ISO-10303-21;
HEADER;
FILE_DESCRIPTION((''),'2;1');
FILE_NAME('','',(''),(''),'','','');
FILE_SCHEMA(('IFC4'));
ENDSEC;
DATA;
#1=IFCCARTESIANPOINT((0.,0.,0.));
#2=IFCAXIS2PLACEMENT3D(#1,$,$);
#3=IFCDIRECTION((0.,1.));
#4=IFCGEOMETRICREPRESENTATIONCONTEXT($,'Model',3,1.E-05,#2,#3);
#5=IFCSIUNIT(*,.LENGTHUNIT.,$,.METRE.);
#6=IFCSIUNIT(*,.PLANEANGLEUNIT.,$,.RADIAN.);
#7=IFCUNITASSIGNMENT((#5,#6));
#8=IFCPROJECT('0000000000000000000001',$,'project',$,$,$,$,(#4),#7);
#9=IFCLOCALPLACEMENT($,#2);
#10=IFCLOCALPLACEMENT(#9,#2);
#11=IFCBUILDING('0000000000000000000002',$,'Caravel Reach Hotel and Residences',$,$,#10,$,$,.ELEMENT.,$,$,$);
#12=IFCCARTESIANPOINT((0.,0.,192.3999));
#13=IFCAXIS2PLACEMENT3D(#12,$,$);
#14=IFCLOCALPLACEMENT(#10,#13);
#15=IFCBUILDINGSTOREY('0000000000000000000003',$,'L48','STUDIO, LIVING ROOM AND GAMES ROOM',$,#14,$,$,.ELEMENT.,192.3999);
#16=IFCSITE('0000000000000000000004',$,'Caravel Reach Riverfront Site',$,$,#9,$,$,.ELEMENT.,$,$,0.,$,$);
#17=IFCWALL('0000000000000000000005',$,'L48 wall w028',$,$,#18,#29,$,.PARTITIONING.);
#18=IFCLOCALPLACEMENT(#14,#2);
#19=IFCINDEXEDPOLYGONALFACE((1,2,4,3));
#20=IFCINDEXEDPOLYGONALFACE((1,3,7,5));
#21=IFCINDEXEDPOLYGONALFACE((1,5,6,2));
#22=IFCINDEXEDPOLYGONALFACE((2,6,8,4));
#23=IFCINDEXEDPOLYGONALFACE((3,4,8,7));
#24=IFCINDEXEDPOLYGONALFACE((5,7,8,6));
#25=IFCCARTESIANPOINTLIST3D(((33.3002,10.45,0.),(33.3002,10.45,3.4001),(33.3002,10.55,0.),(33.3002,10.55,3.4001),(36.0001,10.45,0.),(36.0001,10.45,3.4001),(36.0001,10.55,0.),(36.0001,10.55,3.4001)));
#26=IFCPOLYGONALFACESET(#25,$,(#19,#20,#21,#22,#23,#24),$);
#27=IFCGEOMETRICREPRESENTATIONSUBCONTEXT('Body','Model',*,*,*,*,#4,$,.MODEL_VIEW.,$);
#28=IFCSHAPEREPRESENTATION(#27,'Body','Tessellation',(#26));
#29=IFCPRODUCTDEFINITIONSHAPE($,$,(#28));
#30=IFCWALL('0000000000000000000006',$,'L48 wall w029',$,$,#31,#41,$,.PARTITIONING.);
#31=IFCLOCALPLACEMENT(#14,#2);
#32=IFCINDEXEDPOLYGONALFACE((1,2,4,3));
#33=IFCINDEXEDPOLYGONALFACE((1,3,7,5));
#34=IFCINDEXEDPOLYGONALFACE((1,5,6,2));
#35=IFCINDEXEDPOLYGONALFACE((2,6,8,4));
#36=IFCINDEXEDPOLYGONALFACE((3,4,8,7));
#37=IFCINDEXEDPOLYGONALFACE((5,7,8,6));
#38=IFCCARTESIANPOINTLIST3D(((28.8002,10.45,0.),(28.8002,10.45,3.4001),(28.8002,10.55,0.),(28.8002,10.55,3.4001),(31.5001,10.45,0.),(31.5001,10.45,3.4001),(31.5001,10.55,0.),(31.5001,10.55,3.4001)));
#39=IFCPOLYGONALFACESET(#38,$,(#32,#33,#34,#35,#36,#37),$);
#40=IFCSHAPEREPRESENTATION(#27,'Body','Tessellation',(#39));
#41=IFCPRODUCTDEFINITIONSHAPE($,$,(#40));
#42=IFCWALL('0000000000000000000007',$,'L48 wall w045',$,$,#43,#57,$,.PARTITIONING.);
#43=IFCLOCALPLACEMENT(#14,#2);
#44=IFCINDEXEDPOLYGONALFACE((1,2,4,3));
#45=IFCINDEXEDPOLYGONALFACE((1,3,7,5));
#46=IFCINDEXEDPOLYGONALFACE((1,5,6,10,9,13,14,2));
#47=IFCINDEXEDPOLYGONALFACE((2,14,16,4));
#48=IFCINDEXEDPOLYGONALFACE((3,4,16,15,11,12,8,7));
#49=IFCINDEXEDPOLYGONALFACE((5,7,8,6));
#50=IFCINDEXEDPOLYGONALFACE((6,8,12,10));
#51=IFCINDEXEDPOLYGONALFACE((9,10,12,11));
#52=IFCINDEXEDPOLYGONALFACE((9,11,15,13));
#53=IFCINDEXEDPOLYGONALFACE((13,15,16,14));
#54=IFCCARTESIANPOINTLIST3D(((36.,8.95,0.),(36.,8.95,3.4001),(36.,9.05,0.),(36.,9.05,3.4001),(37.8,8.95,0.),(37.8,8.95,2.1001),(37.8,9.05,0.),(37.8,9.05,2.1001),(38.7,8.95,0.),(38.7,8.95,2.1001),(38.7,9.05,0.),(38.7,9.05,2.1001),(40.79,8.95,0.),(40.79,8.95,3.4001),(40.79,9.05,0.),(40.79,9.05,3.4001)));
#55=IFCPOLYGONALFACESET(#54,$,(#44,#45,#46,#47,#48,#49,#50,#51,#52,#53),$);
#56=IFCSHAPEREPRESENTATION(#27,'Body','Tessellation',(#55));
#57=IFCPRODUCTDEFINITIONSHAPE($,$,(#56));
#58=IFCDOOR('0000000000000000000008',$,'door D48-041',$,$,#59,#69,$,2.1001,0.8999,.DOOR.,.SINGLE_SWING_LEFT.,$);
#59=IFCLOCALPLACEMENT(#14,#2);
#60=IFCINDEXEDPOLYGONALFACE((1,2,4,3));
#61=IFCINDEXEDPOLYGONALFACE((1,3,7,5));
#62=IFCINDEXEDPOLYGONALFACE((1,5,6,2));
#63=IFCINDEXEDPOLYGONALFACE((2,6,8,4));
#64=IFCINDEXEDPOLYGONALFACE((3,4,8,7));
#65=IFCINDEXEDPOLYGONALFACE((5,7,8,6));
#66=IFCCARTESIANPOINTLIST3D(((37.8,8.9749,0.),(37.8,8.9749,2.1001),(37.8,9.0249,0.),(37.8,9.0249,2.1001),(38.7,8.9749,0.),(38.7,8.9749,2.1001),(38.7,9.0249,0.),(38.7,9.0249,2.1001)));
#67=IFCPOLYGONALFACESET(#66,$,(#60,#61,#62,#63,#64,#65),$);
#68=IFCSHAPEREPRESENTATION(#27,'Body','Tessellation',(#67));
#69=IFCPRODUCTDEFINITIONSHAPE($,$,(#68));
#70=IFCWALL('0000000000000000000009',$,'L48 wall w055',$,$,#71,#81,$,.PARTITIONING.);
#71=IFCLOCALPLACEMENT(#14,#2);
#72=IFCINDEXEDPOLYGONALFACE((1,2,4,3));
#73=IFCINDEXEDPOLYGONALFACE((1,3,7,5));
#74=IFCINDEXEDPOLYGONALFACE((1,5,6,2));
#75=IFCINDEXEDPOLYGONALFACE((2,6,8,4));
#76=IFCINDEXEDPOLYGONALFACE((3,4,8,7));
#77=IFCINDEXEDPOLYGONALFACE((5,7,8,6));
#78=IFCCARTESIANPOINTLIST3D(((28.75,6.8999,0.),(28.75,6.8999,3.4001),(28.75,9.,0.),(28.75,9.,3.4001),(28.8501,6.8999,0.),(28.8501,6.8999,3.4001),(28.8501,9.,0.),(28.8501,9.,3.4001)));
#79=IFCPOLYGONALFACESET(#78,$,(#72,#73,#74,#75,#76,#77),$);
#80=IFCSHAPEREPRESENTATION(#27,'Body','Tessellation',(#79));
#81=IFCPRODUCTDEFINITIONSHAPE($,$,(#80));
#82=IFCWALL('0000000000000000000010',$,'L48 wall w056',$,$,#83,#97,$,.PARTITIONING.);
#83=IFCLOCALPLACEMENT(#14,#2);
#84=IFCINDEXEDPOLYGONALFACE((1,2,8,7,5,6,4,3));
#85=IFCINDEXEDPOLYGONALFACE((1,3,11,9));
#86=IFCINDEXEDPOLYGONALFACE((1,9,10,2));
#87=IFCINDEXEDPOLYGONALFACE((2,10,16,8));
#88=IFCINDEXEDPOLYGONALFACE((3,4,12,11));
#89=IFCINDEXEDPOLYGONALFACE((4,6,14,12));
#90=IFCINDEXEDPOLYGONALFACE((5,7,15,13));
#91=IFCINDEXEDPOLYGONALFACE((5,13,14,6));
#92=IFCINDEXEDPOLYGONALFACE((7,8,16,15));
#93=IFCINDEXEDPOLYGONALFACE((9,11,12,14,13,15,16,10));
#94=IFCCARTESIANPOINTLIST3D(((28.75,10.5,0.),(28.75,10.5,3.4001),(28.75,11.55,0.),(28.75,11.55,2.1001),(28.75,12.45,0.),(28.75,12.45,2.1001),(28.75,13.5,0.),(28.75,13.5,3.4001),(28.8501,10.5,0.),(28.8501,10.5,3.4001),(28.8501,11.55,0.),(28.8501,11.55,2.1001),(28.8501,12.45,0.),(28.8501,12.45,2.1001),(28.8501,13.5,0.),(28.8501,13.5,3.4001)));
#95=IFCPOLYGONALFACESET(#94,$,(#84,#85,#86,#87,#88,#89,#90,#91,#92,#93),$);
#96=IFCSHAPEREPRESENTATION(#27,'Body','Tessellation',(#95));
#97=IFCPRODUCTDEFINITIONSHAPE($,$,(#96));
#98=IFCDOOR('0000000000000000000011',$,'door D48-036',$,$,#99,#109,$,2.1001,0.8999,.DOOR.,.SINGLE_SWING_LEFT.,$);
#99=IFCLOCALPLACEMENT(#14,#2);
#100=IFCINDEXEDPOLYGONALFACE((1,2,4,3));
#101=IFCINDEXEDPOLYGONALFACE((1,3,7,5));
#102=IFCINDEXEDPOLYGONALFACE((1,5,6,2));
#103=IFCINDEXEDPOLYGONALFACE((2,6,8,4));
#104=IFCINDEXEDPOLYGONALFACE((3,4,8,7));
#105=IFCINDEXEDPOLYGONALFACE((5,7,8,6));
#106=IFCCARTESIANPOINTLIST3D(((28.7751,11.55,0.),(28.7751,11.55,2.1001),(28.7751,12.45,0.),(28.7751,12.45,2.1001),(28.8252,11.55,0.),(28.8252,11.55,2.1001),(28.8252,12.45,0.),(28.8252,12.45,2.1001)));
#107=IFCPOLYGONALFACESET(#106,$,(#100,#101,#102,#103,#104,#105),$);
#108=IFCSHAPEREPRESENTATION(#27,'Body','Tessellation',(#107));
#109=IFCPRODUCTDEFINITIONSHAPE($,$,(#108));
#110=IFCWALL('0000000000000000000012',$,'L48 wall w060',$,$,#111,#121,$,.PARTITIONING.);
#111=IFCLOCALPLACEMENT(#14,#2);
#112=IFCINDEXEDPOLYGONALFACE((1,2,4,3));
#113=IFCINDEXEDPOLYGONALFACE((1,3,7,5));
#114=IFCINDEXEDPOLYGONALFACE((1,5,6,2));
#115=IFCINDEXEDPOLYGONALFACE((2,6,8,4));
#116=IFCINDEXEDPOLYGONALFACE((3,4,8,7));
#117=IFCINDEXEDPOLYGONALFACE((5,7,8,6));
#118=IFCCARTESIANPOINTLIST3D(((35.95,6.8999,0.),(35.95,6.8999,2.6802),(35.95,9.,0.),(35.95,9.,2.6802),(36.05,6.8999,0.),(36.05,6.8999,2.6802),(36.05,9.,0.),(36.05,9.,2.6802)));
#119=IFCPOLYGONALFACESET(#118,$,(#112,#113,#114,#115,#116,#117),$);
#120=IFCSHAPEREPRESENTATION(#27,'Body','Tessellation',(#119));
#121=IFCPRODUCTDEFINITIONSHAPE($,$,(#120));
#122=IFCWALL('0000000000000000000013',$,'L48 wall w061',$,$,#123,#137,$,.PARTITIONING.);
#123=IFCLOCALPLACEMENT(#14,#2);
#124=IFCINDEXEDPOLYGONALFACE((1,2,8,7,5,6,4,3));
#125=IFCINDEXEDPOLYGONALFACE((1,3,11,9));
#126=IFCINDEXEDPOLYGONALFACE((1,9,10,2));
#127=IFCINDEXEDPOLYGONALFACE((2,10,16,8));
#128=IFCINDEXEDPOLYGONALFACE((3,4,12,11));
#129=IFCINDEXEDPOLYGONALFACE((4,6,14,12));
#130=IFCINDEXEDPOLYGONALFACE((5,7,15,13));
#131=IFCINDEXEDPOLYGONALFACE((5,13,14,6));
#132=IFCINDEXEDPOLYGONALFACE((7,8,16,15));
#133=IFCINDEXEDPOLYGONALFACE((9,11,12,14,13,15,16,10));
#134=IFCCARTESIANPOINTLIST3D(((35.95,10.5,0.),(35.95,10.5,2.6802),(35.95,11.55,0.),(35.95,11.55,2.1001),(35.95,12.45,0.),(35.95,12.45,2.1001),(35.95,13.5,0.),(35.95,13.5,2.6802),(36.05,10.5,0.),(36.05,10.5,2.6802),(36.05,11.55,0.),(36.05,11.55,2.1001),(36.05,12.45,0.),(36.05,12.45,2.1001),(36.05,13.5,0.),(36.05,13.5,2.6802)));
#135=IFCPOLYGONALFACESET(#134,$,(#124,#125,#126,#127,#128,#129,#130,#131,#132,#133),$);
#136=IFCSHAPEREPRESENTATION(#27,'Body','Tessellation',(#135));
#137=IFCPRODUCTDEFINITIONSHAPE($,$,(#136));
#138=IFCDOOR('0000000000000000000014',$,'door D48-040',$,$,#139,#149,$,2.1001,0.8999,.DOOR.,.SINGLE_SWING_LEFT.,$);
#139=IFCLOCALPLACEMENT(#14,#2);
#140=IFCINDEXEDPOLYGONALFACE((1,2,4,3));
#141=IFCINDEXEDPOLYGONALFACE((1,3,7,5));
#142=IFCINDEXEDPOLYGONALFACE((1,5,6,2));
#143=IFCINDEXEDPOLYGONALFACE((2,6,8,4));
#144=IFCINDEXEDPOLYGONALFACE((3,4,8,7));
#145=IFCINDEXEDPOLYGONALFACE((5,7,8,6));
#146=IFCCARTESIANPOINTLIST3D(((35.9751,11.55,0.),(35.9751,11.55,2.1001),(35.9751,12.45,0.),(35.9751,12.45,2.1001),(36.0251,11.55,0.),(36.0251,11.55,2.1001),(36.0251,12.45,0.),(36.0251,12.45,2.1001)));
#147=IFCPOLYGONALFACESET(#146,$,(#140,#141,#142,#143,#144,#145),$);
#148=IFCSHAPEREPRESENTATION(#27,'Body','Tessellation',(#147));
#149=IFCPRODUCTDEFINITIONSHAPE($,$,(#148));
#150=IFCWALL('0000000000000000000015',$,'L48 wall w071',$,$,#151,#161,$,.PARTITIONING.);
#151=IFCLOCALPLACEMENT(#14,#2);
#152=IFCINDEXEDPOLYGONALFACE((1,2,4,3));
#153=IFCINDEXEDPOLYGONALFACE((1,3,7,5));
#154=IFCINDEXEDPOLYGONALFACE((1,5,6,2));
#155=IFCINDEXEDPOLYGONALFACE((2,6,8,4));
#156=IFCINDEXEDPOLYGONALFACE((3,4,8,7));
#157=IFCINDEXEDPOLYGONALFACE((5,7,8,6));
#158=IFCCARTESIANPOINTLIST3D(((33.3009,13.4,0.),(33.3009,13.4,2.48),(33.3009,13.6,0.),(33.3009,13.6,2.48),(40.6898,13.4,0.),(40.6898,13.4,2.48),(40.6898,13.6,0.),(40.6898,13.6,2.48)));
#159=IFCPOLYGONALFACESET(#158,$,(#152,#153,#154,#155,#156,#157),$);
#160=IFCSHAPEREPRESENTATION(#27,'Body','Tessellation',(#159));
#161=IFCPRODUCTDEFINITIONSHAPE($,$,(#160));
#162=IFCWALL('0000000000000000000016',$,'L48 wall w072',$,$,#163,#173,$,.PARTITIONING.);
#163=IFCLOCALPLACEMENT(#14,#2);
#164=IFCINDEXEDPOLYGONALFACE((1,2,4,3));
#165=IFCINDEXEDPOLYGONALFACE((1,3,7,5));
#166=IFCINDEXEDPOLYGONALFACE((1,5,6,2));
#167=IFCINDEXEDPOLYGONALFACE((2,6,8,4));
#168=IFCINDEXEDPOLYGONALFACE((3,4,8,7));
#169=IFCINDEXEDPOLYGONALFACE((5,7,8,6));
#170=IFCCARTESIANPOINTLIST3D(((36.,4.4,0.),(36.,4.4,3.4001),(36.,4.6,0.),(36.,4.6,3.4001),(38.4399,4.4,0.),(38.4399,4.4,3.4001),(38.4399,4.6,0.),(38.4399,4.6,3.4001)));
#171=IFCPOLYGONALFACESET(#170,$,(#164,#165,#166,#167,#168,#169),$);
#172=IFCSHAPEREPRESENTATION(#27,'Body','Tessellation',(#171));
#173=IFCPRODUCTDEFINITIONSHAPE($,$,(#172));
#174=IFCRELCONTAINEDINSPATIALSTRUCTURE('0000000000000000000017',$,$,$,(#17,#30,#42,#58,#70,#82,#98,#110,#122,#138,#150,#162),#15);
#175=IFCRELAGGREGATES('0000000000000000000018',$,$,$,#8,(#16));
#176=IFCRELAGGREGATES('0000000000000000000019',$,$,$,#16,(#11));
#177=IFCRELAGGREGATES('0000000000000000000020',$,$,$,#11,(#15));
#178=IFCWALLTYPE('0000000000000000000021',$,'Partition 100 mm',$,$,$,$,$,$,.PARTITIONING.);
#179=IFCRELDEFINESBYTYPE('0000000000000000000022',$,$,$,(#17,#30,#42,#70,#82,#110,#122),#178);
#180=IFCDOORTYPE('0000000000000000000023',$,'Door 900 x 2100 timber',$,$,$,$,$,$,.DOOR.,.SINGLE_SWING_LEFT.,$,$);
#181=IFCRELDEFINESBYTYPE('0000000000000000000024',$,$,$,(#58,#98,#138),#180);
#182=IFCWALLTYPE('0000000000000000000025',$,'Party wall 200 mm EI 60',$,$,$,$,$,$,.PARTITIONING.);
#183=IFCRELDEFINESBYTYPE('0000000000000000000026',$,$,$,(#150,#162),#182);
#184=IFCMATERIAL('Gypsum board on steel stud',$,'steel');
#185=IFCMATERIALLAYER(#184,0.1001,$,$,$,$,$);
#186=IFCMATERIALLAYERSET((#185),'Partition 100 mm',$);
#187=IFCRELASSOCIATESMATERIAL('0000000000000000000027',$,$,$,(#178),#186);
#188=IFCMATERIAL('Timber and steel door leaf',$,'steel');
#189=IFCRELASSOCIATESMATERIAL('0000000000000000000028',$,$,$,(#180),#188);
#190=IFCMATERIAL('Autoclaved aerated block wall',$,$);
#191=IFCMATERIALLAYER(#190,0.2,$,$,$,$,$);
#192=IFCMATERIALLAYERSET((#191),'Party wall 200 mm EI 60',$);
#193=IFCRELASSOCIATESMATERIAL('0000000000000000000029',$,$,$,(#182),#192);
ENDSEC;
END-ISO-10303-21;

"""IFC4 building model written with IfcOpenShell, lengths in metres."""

from ifc_helpers import new_model, si_unit, direction, frame, frame_2d, origin, place, context, subcontext, project, spatial, rectangle, extrude, material, layer, layer_set, type_object, element, fill, save


model = new_model("IFC4")

# Units and contexts
model_context = context("Model", 3, precision=1e-05, world=origin(), true_north=direction((0.0, 1.0)))
body_context = subcontext(model_context, "Body", "Model", "MODEL_VIEW")
ifc_project = project(units=[si_unit("LENGTHUNIT", "METRE"), si_unit("PLANEANGLEUNIT", "RADIAN")], contexts=[model_context])

# Site, building, storey
site_placement = place(None, origin())
site = spatial("IfcSite", under=ifc_project, at=site_placement, Name="Caravel Reach Riverfront Site", CompositionType="ELEMENT", RefElevation=0.0)
building_placement = place(site_placement, origin())
building = spatial("IfcBuilding", under=site, at=building_placement, Name="Caravel Reach Hotel and Residences", CompositionType="ELEMENT")
storey_placement = place(building_placement, frame((0.0, 0.0, 192.3999)))
storey = spatial("IfcBuildingStorey", under=building, at=storey_placement, Name="L48", Description="STUDIO, LIVING ROOM AND GAMES ROOM", CompositionType="ELEMENT", Elevation=192.3999)

# Walls
ifc_material_1 = material(Name="Gypsum board on steel stud", Category="steel")
ifc_layer_1 = layer(ifc_material_1, 0.1001)
ifc_layer_set_1 = layer_set([ifc_layer_1], Name="Partition 100 mm")
wall_type_1 = type_object("IfcWallType", Name="Partition 100 mm", PredefinedType="PARTITIONING", material=ifc_layer_set_1)
for number, where, z_axis, x_axis, name in (
    (1, (33.3, 10.5, 0.0), (0.0, 0.0, 1.0), (1.0, 0.0, 0.0), "L48 wall w028"),
    (2, (28.8, 10.5, 0.0), (0.0, 0.0, 1.0), (1.0, 0.0, 0.0), "L48 wall w029"),
):
    element("IfcWall", number, at=place(storey_placement, frame(where, z_axis=z_axis, x_axis=x_axis)), inside=storey, type_object=wall_type_1, Name=name, PredefinedType="PARTITIONING", context=body_context, shape_type="SweptSolid", body=[
        extrude(rectangle(XDim=2.7, YDim=0.1001, at=frame_2d((1.3501, 0.0))), origin(), (0.0, 0.0, 1.0), 3.4001),
    ])

# Wall, opening, door
wall_1_placement = place(storey_placement, frame((36.0, 9.0, 0.0), z_axis=(0.0, 0.0, 1.0), x_axis=(1.0, 0.0, 0.0)))
wall_1 = element("IfcWall", 3, at=wall_1_placement, inside=storey, type_object=wall_type_1, Name="L48 wall w045", PredefinedType="PARTITIONING", context=body_context, shape_type="SweptSolid", body=[
    extrude(rectangle(XDim=4.79, YDim=0.1001, at=frame_2d((2.395, 0.0))), origin(), (0.0, 0.0, 1.0), 3.4001),
])
opening_1_placement = place(wall_1_placement, frame((1.8, 0.0, 0.0)))
opening_1 = element("IfcOpeningElement", 4, at=opening_1_placement, cuts=wall_1, PredefinedType="OPENING", context=body_context, shape_type="SweptSolid", body=[
    extrude(rectangle(XDim=0.8999, YDim=2.1001, at=frame_2d((0.45, 1.05))), frame((0.0, 0.0601, 0.0), z_axis=(0.0, -1.0, 0.0), x_axis=(1.0, 0.0, 0.0)), (0.0, 0.0, 1.0), 0.1201),
])
ifc_material_2 = material(Name="Timber and steel door leaf", Category="steel")
door_type_1 = type_object("IfcDoorType", Name="Door 900 x 2100 timber", OperationType="SINGLE_SWING_LEFT", PredefinedType="DOOR", material=ifc_material_2)
door_1_placement = place(opening_1_placement, origin())
door_1 = element("IfcDoor", 5, at=door_1_placement, inside=storey, type_object=door_type_1, Name="door D48-041", OperationType="SINGLE_SWING_LEFT", OverallHeight=2.1001, OverallWidth=0.8999, PredefinedType="DOOR", context=body_context, shape_type="SweptSolid", body=[
    extrude(rectangle(XDim=0.8999, YDim=2.1001, at=frame_2d((0.45, 1.05))), frame((0.0, 0.0249, 0.0), z_axis=(0.0, -1.0, 0.0), x_axis=(1.0, 0.0, 0.0)), (0.0, 0.0, 1.0), 0.05),
])
fill(opening_1, door_1)

# Wall
wall_2_placement = place(storey_placement, frame((28.8, 6.8999, 0.0), z_axis=(0.0, 0.0, 1.0), x_axis=(0.0, 1.0, 0.0)))
element("IfcWall", 6, at=wall_2_placement, inside=storey, type_object=wall_type_1, Name="L48 wall w055", PredefinedType="PARTITIONING", context=body_context, shape_type="SweptSolid", body=[
    extrude(rectangle(XDim=2.1001, YDim=0.1001, at=frame_2d((1.05, 0.0))), origin(), (0.0, 0.0, 1.0), 3.4001),
])

# Wall, opening, door
wall_3_placement = place(storey_placement, frame((28.8, 10.5, 0.0), z_axis=(0.0, 0.0, 1.0), x_axis=(0.0, 1.0, 0.0)))
wall_3 = element("IfcWall", 7, at=wall_3_placement, inside=storey, type_object=wall_type_1, Name="L48 wall w056", PredefinedType="PARTITIONING", context=body_context, shape_type="SweptSolid", body=[
    extrude(rectangle(XDim=3.0, YDim=0.1001, at=frame_2d((1.5, 0.0))), origin(), (0.0, 0.0, 1.0), 3.4001),
])
opening_2_placement = place(wall_3_placement, frame((1.05, 0.0, 0.0)))
opening_2 = element("IfcOpeningElement", 8, at=opening_2_placement, cuts=wall_3, PredefinedType="OPENING", context=body_context, shape_type="SweptSolid", body=[
    extrude(rectangle(XDim=0.8999, YDim=2.1001, at=frame_2d((0.45, 1.05))), frame((0.0, 0.0601, 0.0), z_axis=(0.0, -1.0, 0.0), x_axis=(1.0, 0.0, 0.0)), (0.0, 0.0, 1.0), 0.1201),
])
door_2_placement = place(opening_2_placement, origin())
door_2 = element("IfcDoor", 9, at=door_2_placement, inside=storey, type_object=door_type_1, Name="door D48-036", OperationType="SINGLE_SWING_LEFT", OverallHeight=2.1001, OverallWidth=0.8999, PredefinedType="DOOR", context=body_context, shape_type="SweptSolid", body=[
    extrude(rectangle(XDim=0.8999, YDim=2.1001, at=frame_2d((0.45, 1.05))), frame((0.0, 0.0249, 0.0), z_axis=(0.0, -1.0, 0.0), x_axis=(1.0, 0.0, 0.0)), (0.0, 0.0, 1.0), 0.05),
])
fill(opening_2, door_2)

# Wall
wall_4_placement = place(storey_placement, frame((36.0, 6.8999, 0.0), z_axis=(0.0, 0.0, 1.0), x_axis=(0.0, 1.0, 0.0)))
element("IfcWall", 10, at=wall_4_placement, inside=storey, type_object=wall_type_1, Name="L48 wall w060", PredefinedType="PARTITIONING", context=body_context, shape_type="SweptSolid", body=[
    extrude(rectangle(XDim=2.1001, YDim=0.1001, at=frame_2d((1.05, 0.0))), origin(), (0.0, 0.0, 1.0), 2.6802),
])

# Wall, opening, door
wall_5_placement = place(storey_placement, frame((36.0, 10.5, 0.0), z_axis=(0.0, 0.0, 1.0), x_axis=(0.0, 1.0, 0.0)))
wall_5 = element("IfcWall", 11, at=wall_5_placement, inside=storey, type_object=wall_type_1, Name="L48 wall w061", PredefinedType="PARTITIONING", context=body_context, shape_type="SweptSolid", body=[
    extrude(rectangle(XDim=3.0, YDim=0.1001, at=frame_2d((1.5, 0.0))), origin(), (0.0, 0.0, 1.0), 2.6802),
])
opening_3_placement = place(wall_5_placement, frame((1.05, 0.0, 0.0)))
opening_3 = element("IfcOpeningElement", 12, at=opening_3_placement, cuts=wall_5, PredefinedType="OPENING", context=body_context, shape_type="SweptSolid", body=[
    extrude(rectangle(XDim=0.8999, YDim=2.1001, at=frame_2d((0.45, 1.05))), frame((0.0, 0.0601, 0.0), z_axis=(0.0, -1.0, 0.0), x_axis=(1.0, 0.0, 0.0)), (0.0, 0.0, 1.0), 0.1201),
])
door_3_placement = place(opening_3_placement, origin())
door_3 = element("IfcDoor", 13, at=door_3_placement, inside=storey, type_object=door_type_1, Name="door D48-040", OperationType="SINGLE_SWING_LEFT", OverallHeight=2.1001, OverallWidth=0.8999, PredefinedType="DOOR", context=body_context, shape_type="SweptSolid", body=[
    extrude(rectangle(XDim=0.8999, YDim=2.1001, at=frame_2d((0.45, 1.05))), frame((0.0, 0.0249, 0.0), z_axis=(0.0, -1.0, 0.0), x_axis=(1.0, 0.0, 0.0)), (0.0, 0.0, 1.0), 0.05),
])
fill(opening_3, door_3)

# Walls
ifc_material_3 = material(Name="Autoclaved aerated block wall")
ifc_layer_2 = layer(ifc_material_3, 0.2)
ifc_layer_set_2 = layer_set([ifc_layer_2], Name="Party wall 200 mm EI 60")
wall_type_2 = type_object("IfcWallType", Name="Party wall 200 mm EI 60", PredefinedType="PARTITIONING", material=ifc_layer_set_2)
wall_6_placement = place(storey_placement, frame((33.301, 13.5, 0.0), z_axis=(0.0, 0.0, 1.0), x_axis=(1.0, 0.0, 0.0)))
element("IfcWall", 14, at=wall_6_placement, inside=storey, type_object=wall_type_2, Name="L48 wall w071", PredefinedType="PARTITIONING", context=body_context, shape_type="SweptSolid", body=[
    extrude(rectangle(XDim=7.3889, YDim=0.2, at=frame_2d((3.6943, 0.0))), origin(), (0.0, 0.0, 1.0), 2.48),
])
wall_7_placement = place(storey_placement, frame((36.0, 4.5, 0.0), z_axis=(0.0, 0.0, 1.0), x_axis=(1.0, 0.0, 0.0)))
element("IfcWall", 15, at=wall_7_placement, inside=storey, type_object=wall_type_2, Name="L48 wall w072", PredefinedType="PARTITIONING", context=body_context, shape_type="SweptSolid", body=[
    extrude(rectangle(XDim=2.4399, YDim=0.2, at=frame_2d((1.22, 0.0))), origin(), (0.0, 0.0, 1.0), 3.4001),
])

save(model, "model.ifc")
